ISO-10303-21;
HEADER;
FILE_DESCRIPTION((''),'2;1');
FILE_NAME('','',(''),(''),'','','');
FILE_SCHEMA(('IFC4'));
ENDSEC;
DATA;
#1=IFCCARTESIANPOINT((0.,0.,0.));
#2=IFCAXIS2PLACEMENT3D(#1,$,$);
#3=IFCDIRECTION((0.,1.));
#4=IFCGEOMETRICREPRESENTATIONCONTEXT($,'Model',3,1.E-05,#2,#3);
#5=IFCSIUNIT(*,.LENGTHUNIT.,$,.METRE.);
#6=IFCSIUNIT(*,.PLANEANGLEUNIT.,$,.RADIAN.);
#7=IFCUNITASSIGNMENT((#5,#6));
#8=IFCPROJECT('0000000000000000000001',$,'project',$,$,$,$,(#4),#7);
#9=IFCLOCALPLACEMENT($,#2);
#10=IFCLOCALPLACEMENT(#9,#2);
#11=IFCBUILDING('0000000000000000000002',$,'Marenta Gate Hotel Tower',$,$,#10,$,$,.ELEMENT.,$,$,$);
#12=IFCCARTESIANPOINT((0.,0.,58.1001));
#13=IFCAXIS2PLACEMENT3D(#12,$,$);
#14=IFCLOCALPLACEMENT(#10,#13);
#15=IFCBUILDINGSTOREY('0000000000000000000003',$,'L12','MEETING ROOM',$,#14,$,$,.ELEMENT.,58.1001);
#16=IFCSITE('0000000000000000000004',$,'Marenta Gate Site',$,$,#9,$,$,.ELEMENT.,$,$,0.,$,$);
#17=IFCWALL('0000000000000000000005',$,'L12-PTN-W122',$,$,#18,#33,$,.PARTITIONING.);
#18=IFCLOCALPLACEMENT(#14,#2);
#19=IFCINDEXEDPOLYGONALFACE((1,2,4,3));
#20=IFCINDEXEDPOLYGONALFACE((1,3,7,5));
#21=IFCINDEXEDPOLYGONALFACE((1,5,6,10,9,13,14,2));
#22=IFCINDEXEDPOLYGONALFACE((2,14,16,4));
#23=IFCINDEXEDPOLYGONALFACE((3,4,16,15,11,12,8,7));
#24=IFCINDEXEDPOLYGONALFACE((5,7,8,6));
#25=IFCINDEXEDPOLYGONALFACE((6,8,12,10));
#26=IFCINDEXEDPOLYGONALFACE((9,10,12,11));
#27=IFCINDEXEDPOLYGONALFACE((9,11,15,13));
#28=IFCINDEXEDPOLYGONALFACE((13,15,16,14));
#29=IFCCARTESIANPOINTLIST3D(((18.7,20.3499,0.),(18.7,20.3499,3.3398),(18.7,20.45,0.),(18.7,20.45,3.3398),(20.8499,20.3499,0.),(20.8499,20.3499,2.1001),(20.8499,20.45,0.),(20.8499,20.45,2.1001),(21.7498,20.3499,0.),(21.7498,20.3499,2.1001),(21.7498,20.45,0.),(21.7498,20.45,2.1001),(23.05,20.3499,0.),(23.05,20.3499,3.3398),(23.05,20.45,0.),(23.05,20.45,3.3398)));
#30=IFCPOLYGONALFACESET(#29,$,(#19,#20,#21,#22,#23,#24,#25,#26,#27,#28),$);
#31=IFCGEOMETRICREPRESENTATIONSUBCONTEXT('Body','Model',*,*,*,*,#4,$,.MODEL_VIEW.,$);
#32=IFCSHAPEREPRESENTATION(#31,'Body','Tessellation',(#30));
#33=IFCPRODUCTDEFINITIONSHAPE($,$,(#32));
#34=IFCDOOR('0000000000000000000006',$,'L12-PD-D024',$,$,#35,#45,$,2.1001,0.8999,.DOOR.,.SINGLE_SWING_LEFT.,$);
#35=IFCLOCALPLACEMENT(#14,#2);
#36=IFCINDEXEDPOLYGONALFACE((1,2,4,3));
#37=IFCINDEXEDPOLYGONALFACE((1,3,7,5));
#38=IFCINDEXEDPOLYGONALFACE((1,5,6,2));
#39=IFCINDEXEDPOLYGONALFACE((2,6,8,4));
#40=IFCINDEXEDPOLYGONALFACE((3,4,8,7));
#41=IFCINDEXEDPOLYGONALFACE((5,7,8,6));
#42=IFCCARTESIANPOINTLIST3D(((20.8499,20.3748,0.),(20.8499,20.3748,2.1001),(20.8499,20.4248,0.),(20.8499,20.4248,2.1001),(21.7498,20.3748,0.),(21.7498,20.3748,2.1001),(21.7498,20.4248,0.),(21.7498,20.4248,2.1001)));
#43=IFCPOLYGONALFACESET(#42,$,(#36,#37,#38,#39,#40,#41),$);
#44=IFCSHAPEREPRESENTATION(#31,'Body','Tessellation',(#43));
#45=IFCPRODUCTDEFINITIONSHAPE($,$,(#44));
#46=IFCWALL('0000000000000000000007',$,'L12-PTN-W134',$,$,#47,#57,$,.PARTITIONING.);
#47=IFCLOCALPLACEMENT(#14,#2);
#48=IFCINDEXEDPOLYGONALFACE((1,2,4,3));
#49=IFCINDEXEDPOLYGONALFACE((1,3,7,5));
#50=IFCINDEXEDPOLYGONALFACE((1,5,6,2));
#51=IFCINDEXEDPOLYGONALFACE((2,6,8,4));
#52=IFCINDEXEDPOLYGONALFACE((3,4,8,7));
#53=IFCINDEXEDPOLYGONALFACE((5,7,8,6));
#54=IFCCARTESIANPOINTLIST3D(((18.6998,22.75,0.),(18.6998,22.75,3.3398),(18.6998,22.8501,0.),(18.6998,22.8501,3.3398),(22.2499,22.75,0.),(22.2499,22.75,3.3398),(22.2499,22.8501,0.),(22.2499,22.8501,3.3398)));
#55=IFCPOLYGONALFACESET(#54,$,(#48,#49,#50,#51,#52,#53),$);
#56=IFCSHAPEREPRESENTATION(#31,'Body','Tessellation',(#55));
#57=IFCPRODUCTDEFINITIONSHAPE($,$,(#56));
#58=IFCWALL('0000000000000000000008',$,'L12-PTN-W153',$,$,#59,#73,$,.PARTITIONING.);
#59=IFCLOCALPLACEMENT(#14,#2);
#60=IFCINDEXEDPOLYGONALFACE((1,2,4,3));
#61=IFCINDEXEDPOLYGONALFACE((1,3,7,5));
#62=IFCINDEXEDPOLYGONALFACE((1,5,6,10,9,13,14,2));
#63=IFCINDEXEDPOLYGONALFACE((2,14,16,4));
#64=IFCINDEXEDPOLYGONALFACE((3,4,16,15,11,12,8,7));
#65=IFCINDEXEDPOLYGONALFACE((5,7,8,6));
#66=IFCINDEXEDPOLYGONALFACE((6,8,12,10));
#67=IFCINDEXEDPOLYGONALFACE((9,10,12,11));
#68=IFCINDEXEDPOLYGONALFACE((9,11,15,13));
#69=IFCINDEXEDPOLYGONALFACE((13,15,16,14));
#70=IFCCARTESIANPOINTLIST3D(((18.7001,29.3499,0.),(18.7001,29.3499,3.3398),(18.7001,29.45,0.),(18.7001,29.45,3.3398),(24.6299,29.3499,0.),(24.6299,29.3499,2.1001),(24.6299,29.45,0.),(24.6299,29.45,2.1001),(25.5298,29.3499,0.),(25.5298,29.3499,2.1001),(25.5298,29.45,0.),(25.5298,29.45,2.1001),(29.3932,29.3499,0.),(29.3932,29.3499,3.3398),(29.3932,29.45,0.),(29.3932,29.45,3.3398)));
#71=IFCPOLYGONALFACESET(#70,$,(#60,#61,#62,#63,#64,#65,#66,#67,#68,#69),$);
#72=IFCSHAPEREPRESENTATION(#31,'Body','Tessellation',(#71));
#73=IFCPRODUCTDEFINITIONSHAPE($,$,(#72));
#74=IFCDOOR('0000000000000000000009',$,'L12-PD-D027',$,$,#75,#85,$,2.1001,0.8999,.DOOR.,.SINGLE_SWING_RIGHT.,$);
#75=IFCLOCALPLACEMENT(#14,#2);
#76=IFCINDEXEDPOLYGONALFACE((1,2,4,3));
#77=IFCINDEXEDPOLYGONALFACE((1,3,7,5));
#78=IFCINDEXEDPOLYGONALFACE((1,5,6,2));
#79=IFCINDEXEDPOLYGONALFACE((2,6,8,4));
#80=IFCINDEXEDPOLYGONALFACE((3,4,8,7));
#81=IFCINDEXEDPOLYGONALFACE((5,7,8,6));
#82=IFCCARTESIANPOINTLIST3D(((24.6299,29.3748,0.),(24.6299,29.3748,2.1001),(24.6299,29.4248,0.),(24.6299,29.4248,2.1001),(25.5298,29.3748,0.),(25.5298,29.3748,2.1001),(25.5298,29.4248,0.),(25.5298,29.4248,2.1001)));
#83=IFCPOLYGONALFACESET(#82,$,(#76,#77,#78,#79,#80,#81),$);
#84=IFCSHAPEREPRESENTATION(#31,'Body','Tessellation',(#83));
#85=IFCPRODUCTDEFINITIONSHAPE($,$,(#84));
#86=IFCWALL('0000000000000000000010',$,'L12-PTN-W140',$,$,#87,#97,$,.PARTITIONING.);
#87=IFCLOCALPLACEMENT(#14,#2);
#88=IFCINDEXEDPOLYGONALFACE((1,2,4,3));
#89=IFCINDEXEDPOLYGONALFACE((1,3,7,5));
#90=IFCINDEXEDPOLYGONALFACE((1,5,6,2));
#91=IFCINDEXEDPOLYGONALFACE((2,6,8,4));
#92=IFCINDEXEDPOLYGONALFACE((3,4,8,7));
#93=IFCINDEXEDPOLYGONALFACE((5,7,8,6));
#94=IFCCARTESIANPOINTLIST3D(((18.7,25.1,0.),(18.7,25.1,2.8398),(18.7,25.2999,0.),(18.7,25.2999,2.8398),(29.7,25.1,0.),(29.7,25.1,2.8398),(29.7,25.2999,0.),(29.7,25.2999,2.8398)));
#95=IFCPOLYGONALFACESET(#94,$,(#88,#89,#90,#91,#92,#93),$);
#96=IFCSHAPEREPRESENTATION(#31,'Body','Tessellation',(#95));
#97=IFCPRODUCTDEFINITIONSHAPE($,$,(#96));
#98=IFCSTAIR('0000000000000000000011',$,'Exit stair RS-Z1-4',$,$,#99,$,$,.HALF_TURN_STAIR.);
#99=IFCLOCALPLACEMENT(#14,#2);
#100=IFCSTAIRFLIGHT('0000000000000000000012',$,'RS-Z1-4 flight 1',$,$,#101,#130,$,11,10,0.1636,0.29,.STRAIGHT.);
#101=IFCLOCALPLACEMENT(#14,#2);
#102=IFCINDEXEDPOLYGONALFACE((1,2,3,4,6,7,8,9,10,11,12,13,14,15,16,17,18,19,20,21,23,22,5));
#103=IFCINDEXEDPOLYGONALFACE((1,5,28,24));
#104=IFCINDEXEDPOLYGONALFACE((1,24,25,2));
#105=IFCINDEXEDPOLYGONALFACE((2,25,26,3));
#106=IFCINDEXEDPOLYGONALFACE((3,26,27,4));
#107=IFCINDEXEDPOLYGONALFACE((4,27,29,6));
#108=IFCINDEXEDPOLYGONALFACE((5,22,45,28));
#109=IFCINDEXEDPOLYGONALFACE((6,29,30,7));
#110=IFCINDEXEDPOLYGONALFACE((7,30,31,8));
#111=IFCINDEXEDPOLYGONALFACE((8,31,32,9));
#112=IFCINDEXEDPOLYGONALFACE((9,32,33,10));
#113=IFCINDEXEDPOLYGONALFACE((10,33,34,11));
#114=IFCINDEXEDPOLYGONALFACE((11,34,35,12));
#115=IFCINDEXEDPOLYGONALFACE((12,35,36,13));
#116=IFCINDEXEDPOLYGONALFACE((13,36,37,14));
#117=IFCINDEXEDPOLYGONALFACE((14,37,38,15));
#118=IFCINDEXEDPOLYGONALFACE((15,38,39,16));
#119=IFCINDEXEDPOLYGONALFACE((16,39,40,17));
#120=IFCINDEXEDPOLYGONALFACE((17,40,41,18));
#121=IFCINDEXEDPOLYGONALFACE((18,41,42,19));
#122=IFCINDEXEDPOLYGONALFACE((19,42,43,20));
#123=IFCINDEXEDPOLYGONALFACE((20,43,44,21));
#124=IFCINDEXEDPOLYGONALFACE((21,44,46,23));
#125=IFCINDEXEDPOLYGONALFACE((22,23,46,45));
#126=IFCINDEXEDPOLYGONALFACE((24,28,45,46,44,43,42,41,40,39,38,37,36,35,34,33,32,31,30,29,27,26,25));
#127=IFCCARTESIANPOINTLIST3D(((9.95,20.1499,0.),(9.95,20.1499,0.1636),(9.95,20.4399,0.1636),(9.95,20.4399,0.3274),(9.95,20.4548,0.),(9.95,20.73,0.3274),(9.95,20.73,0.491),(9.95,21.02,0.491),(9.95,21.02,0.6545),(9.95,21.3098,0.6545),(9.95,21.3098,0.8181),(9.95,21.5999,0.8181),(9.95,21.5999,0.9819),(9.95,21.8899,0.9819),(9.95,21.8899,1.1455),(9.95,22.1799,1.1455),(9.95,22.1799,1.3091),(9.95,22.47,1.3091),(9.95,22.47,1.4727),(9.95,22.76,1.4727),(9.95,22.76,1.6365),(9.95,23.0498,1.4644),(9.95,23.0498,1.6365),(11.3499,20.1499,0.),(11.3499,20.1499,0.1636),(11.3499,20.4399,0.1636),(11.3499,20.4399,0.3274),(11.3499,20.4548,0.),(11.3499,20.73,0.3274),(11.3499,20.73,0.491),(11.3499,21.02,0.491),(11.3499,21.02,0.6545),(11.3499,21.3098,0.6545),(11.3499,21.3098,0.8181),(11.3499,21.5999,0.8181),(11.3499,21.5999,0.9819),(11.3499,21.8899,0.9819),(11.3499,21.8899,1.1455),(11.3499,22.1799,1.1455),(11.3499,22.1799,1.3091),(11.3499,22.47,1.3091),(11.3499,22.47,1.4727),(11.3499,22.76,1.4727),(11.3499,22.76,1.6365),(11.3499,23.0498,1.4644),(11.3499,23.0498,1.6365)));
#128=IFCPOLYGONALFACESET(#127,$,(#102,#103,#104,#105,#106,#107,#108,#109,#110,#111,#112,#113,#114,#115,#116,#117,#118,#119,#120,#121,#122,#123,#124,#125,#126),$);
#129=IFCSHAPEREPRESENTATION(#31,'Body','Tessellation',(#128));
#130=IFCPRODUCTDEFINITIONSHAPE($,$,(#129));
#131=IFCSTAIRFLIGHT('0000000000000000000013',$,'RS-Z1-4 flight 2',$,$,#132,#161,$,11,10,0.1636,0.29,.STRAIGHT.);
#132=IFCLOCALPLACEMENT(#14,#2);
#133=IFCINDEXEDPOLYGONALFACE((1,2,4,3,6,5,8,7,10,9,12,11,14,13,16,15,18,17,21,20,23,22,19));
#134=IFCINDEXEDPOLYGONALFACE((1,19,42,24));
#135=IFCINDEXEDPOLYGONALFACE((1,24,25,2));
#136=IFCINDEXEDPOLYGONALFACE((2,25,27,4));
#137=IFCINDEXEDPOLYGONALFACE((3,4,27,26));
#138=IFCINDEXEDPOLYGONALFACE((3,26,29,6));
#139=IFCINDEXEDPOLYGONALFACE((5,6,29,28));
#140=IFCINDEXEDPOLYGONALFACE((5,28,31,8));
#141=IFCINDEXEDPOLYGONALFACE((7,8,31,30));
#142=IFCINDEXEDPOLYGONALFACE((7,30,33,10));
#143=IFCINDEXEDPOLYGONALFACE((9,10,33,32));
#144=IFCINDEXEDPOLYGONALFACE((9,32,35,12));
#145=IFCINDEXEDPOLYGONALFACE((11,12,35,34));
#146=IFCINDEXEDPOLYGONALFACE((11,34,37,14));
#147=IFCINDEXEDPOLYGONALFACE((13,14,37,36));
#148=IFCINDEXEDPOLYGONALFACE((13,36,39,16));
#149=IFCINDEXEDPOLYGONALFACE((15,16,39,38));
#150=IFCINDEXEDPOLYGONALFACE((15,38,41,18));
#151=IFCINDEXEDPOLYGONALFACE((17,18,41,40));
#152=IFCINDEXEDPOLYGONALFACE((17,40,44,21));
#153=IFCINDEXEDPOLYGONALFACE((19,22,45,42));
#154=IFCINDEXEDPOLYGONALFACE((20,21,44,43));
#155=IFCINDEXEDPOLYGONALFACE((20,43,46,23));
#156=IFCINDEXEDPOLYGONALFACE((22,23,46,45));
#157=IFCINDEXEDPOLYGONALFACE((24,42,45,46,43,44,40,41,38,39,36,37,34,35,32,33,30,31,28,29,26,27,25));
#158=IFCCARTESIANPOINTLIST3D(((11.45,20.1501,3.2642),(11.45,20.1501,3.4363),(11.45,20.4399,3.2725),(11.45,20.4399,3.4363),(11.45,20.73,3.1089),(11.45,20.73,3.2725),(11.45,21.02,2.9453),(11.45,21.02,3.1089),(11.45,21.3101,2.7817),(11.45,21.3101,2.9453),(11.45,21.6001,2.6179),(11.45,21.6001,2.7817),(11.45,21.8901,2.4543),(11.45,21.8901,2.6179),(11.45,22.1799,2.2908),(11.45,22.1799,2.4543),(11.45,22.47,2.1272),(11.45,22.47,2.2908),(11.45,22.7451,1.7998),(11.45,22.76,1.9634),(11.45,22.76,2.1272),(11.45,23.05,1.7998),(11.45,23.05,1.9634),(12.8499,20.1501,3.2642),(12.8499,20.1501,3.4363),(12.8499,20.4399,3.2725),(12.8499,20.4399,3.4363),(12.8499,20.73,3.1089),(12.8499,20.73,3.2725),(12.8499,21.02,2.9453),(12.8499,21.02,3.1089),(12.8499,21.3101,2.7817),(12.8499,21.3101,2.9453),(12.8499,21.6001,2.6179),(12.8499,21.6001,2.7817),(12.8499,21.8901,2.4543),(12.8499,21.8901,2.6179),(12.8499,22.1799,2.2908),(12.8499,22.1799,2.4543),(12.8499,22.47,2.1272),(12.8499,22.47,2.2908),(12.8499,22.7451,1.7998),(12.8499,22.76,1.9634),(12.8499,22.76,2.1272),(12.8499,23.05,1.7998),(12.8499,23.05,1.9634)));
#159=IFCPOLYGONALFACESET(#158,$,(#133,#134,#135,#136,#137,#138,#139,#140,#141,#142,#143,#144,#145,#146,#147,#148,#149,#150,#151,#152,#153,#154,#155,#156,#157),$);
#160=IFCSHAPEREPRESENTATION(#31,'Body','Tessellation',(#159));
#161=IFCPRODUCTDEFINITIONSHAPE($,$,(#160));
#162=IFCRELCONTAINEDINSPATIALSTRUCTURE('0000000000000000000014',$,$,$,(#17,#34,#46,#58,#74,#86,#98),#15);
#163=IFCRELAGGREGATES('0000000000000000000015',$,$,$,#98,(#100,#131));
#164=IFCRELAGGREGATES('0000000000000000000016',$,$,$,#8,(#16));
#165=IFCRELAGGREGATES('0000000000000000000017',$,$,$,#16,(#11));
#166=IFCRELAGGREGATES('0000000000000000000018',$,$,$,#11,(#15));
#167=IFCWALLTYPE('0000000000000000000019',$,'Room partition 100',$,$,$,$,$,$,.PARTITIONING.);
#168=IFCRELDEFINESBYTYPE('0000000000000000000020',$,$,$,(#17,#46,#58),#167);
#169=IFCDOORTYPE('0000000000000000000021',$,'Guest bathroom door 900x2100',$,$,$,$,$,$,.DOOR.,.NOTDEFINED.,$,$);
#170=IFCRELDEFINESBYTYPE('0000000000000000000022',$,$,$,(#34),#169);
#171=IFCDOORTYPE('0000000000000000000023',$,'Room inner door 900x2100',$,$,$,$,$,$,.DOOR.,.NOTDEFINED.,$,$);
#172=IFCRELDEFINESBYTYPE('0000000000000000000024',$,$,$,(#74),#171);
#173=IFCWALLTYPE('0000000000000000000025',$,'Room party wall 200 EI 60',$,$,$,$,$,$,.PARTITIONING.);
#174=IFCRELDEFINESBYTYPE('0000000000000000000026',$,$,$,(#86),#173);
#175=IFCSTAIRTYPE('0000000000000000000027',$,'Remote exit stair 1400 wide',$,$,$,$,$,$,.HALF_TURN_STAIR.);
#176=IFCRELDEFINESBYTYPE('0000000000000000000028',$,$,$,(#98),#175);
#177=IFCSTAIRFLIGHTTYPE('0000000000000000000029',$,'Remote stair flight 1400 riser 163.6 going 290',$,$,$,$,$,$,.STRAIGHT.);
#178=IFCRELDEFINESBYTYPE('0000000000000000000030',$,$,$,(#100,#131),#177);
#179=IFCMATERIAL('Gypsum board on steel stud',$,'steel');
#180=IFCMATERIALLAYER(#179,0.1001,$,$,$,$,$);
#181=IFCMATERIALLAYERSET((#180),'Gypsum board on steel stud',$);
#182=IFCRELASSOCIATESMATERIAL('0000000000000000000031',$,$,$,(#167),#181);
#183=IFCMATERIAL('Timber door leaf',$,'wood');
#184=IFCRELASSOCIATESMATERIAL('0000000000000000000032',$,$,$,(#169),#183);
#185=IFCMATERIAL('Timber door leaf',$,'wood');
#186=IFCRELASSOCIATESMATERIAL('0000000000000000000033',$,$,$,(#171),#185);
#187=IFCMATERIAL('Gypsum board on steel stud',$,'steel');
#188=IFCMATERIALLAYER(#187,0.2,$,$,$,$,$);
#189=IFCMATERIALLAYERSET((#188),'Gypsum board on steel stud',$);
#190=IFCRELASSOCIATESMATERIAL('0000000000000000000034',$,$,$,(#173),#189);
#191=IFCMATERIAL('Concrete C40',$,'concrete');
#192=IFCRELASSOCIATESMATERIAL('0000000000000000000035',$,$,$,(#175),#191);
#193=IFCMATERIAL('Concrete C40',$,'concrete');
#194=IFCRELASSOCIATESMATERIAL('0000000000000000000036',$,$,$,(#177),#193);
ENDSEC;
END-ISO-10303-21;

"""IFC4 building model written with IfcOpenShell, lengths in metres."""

from ifc_helpers import new_model, si_unit, direction, frame, frame_2d, origin, place, context, subcontext, project, spatial, polyline, rectangle, outline, extrude, material, layer, layer_set, type_object, element, fill, aggregate, save


model = new_model("IFC4")

# Units and contexts
model_context = context("Model", 3, precision=1e-05, world=origin(), true_north=direction((0.0, 1.0)))
body_context = subcontext(model_context, "Body", "Model", "MODEL_VIEW")
ifc_project = project(units=[si_unit("LENGTHUNIT", "METRE"), si_unit("PLANEANGLEUNIT", "RADIAN")], contexts=[model_context])

# Site, building, storey
site_placement = place(None, origin())
site = spatial("IfcSite", under=ifc_project, at=site_placement, Name="Marenta Gate Site", CompositionType="ELEMENT", RefElevation=0.0)
building_placement = place(site_placement, origin())
building = spatial("IfcBuilding", under=site, at=building_placement, Name="Marenta Gate Hotel Tower", CompositionType="ELEMENT")
storey_placement = place(building_placement, frame((0.0, 0.0, 58.1001)))
storey = spatial("IfcBuildingStorey", under=building, at=storey_placement, Name="L12", Description="MEETING ROOM", CompositionType="ELEMENT", Elevation=58.1001)

# Wall, opening, door
ifc_material_1 = material(Name="Gypsum board on steel stud", Category="steel")
ifc_layer_1 = layer(ifc_material_1, 0.1001)
ifc_layer_set_1 = layer_set([ifc_layer_1], Name="Gypsum board on steel stud")
wall_type_1 = type_object("IfcWallType", Name="Room partition 100", PredefinedType="PARTITIONING", material=ifc_layer_set_1)
wall_1_placement = place(storey_placement, frame((18.7, 20.3999, 0.0), z_axis=(0.0, 0.0, 1.0), x_axis=(1.0, 0.0, 0.0)))
wall_1 = element("IfcWall", 1, at=wall_1_placement, inside=storey, type_object=wall_type_1, Name="L12-PTN-W122", PredefinedType="PARTITIONING", context=body_context, shape_type="SweptSolid", body=[
    extrude(rectangle(XDim=4.3501, YDim=0.1001, at=frame_2d((2.175, 0.0))), origin(), (0.0, 0.0, 1.0), 3.3398),
])
opening_1_placement = place(wall_1_placement, frame((2.1499, 0.0, 0.0)))
opening_1 = element("IfcOpeningElement", 2, at=opening_1_placement, cuts=wall_1, PredefinedType="OPENING", context=body_context, shape_type="SweptSolid", body=[
    extrude(rectangle(XDim=0.8999, YDim=2.1001, at=frame_2d((0.45, 1.05))), frame((0.0, 0.05, 0.0), z_axis=(0.0, -1.0, 0.0), x_axis=(1.0, 0.0, 0.0)), (0.0, 0.0, 1.0), 0.1001),
])
ifc_material_2 = material(Name="Timber door leaf", Category="wood")
door_type_1 = type_object("IfcDoorType", Name="Guest bathroom door 900x2100", OperationType="NOTDEFINED", PredefinedType="DOOR", material=ifc_material_2)
door_1_placement = place(opening_1_placement, origin())
door_1 = element("IfcDoor", 3, at=door_1_placement, inside=storey, type_object=door_type_1, Name="L12-PD-D024", OperationType="SINGLE_SWING_LEFT", OverallHeight=2.1001, OverallWidth=0.8999, PredefinedType="DOOR", context=body_context, shape_type="SweptSolid", body=[
    extrude(rectangle(XDim=0.8999, YDim=2.1001, at=frame_2d((0.45, 1.05))), frame((0.0, 0.0249, 0.0), z_axis=(0.0, -1.0, 0.0), x_axis=(1.0, 0.0, 0.0)), (0.0, 0.0, 1.0), 0.05),
])
fill(opening_1, door_1)

# Wall
wall_2_placement = place(storey_placement, frame((18.7, 22.8, 0.0), z_axis=(0.0, 0.0, 1.0), x_axis=(1.0, 0.0, 0.0)))
element("IfcWall", 4, at=wall_2_placement, inside=storey, type_object=wall_type_1, Name="L12-PTN-W134", PredefinedType="PARTITIONING", context=body_context, shape_type="SweptSolid", body=[
    extrude(rectangle(XDim=3.55, YDim=0.1001, at=frame_2d((1.7749, 0.0))), origin(), (0.0, 0.0, 1.0), 3.3398),
])

# Wall, opening, door
wall_3_placement = place(storey_placement, frame((18.7, 29.3999, 0.0), z_axis=(0.0, 0.0, 1.0), x_axis=(1.0, 0.0, 0.0)))
wall_3 = element("IfcWall", 5, at=wall_3_placement, inside=storey, type_object=wall_type_1, Name="L12-PTN-W153", PredefinedType="PARTITIONING", context=body_context, shape_type="SweptSolid", body=[
    extrude(rectangle(XDim=10.6931, YDim=0.1001, at=frame_2d((5.3467, 0.0))), origin(), (0.0, 0.0, 1.0), 3.3398),
])
opening_2_placement = place(wall_3_placement, frame((5.9299, 0.0, 0.0)))
opening_2 = element("IfcOpeningElement", 6, at=opening_2_placement, cuts=wall_3, PredefinedType="OPENING", context=body_context, shape_type="SweptSolid", body=[
    extrude(rectangle(XDim=0.8999, YDim=2.1001, at=frame_2d((0.45, 1.05))), frame((0.0, 0.05, 0.0), z_axis=(0.0, -1.0, 0.0), x_axis=(1.0, 0.0, 0.0)), (0.0, 0.0, 1.0), 0.1001),
])
ifc_material_3 = material(Name="Timber door leaf", Category="wood")
door_type_2 = type_object("IfcDoorType", Name="Room inner door 900x2100", OperationType="NOTDEFINED", PredefinedType="DOOR", material=ifc_material_3)
door_2_placement = place(opening_2_placement, origin())
door_2 = element("IfcDoor", 7, at=door_2_placement, inside=storey, type_object=door_type_2, Name="L12-PD-D027", OperationType="SINGLE_SWING_RIGHT", OverallHeight=2.1001, OverallWidth=0.8999, PredefinedType="DOOR", context=body_context, shape_type="SweptSolid", body=[
    extrude(rectangle(XDim=0.8999, YDim=2.1001, at=frame_2d((0.45, 1.05))), frame((0.0, 0.0249, 0.0), z_axis=(0.0, -1.0, 0.0), x_axis=(1.0, 0.0, 0.0)), (0.0, 0.0, 1.0), 0.05),
])
fill(opening_2, door_2)

# Wall
ifc_material_4 = material(Name="Gypsum board on steel stud", Category="steel")
ifc_layer_2 = layer(ifc_material_4, 0.2)
ifc_layer_set_2 = layer_set([ifc_layer_2], Name="Gypsum board on steel stud")
wall_type_2 = type_object("IfcWallType", Name="Room party wall 200 EI 60", PredefinedType="PARTITIONING", material=ifc_layer_set_2)
wall_4_placement = place(storey_placement, frame((18.7, 25.2, 0.0), z_axis=(0.0, 0.0, 1.0), x_axis=(1.0, 0.0, 0.0)))
element("IfcWall", 8, at=wall_4_placement, inside=storey, type_object=wall_type_2, Name="L12-PTN-W140", PredefinedType="PARTITIONING", context=body_context, shape_type="SweptSolid", body=[
    extrude(rectangle(XDim=11.0, YDim=0.2, at=frame_2d((5.5, 0.0))), origin(), (0.0, 0.0, 1.0), 2.8398),
])

# Stair, stair flights
ifc_material_5 = material(Name="Concrete C40", Category="concrete")
stair_type = type_object("IfcStairType", Name="Remote exit stair 1400 wide", PredefinedType="HALF_TURN_STAIR", material=ifc_material_5)
stair_placement = place(storey_placement, origin())
stair = element("IfcStair", 9, at=stair_placement, inside=storey, type_object=stair_type, Name="Exit stair RS-Z1-4", PredefinedType="HALF_TURN_STAIR")
ifc_material_6 = material(Name="Concrete C40", Category="concrete")
stair_flight_type = type_object("IfcStairFlightType", Name="Remote stair flight 1400 riser 163.6 going 290", PredefinedType="STRAIGHT", material=ifc_material_6)
stair_flight_1_placement = place(storey_placement, frame((10.6499, 20.1499, 0.0), z_axis=(0.0, 0.0, 1.0), x_axis=(0.0, 1.0, 0.0)))
stair_flight_1 = element("IfcStairFlight", 10, at=stair_flight_1_placement, type_object=stair_flight_type, Name="RS-Z1-4 flight 1", NumberOfRisers=11, NumberOfTreads=10, PredefinedType="STRAIGHT", RiserHeight=0.1636, TreadLength=0.29, context=body_context, shape_type="SweptSolid", body=[
    extrude(outline(polyline([(0.0, 0.0), (0.0, 0.1636), (0.29, 0.1636), (0.29, 0.3274), (0.5801, 0.3274), (0.5801, 0.491), (0.8701, 0.491), (0.8701, 0.6545), (1.1599, 0.6545), (1.1599, 0.8181), (1.45, 0.8181), (1.45, 0.9819), (1.74, 0.9819), (1.74, 1.1455), (2.03, 1.1455), (2.03, 1.3091), (2.3201, 1.3091), (2.3201, 1.4727), (2.6101, 1.4727), (2.6101, 1.6365), (2.8999, 1.6365), (2.8999, 1.8), (2.8999, 1.4644), (0.3049, 0.0), (0.0, 0.0)])), frame((0.0, 0.7, 0.0), z_axis=(0.0, -1.0, 0.0), x_axis=(1.0, 0.0, 0.0)), (0.0, 0.0, 1.0), 1.3999),
])
stair_flight_2_placement = place(storey_placement, frame((12.1499, 23.05, 1.7998), z_axis=(0.0, 0.0, 1.0), x_axis=(0.0, -1.0, 0.0)))
stair_flight_2 = element("IfcStairFlight", 11, at=stair_flight_2_placement, type_object=stair_flight_type, Name="RS-Z1-4 flight 2", NumberOfRisers=11, NumberOfTreads=10, PredefinedType="STRAIGHT", RiserHeight=0.1636, TreadLength=0.29, context=body_context, shape_type="SweptSolid", body=[
    extrude(outline(polyline([(0.0, 0.0), (0.0, 0.1636), (0.29, 0.1636), (0.29, 0.3274), (0.5801, 0.3274), (0.5801, 0.491), (0.8701, 0.491), (0.8701, 0.6545), (1.1599, 0.6545), (1.1599, 0.8181), (1.45, 0.8181), (1.45, 0.9819), (1.74, 0.9819), (1.74, 1.1455), (2.03, 1.1455), (2.03, 1.3091), (2.3201, 1.3091), (2.3201, 1.4727), (2.6101, 1.4727), (2.6101, 1.6365), (2.8999, 1.6365), (2.8999, 1.8), (2.8999, 1.4644), (0.3049, 0.0), (0.0, 0.0)])), frame((0.0, 0.7, 0.0), z_axis=(0.0, -1.0, 0.0), x_axis=(1.0, 0.0, 0.0)), (0.0, 0.0, 1.0), 1.3999),
])
aggregate(stair, [stair_flight_1, stair_flight_2])

save(model, "model.ifc")
